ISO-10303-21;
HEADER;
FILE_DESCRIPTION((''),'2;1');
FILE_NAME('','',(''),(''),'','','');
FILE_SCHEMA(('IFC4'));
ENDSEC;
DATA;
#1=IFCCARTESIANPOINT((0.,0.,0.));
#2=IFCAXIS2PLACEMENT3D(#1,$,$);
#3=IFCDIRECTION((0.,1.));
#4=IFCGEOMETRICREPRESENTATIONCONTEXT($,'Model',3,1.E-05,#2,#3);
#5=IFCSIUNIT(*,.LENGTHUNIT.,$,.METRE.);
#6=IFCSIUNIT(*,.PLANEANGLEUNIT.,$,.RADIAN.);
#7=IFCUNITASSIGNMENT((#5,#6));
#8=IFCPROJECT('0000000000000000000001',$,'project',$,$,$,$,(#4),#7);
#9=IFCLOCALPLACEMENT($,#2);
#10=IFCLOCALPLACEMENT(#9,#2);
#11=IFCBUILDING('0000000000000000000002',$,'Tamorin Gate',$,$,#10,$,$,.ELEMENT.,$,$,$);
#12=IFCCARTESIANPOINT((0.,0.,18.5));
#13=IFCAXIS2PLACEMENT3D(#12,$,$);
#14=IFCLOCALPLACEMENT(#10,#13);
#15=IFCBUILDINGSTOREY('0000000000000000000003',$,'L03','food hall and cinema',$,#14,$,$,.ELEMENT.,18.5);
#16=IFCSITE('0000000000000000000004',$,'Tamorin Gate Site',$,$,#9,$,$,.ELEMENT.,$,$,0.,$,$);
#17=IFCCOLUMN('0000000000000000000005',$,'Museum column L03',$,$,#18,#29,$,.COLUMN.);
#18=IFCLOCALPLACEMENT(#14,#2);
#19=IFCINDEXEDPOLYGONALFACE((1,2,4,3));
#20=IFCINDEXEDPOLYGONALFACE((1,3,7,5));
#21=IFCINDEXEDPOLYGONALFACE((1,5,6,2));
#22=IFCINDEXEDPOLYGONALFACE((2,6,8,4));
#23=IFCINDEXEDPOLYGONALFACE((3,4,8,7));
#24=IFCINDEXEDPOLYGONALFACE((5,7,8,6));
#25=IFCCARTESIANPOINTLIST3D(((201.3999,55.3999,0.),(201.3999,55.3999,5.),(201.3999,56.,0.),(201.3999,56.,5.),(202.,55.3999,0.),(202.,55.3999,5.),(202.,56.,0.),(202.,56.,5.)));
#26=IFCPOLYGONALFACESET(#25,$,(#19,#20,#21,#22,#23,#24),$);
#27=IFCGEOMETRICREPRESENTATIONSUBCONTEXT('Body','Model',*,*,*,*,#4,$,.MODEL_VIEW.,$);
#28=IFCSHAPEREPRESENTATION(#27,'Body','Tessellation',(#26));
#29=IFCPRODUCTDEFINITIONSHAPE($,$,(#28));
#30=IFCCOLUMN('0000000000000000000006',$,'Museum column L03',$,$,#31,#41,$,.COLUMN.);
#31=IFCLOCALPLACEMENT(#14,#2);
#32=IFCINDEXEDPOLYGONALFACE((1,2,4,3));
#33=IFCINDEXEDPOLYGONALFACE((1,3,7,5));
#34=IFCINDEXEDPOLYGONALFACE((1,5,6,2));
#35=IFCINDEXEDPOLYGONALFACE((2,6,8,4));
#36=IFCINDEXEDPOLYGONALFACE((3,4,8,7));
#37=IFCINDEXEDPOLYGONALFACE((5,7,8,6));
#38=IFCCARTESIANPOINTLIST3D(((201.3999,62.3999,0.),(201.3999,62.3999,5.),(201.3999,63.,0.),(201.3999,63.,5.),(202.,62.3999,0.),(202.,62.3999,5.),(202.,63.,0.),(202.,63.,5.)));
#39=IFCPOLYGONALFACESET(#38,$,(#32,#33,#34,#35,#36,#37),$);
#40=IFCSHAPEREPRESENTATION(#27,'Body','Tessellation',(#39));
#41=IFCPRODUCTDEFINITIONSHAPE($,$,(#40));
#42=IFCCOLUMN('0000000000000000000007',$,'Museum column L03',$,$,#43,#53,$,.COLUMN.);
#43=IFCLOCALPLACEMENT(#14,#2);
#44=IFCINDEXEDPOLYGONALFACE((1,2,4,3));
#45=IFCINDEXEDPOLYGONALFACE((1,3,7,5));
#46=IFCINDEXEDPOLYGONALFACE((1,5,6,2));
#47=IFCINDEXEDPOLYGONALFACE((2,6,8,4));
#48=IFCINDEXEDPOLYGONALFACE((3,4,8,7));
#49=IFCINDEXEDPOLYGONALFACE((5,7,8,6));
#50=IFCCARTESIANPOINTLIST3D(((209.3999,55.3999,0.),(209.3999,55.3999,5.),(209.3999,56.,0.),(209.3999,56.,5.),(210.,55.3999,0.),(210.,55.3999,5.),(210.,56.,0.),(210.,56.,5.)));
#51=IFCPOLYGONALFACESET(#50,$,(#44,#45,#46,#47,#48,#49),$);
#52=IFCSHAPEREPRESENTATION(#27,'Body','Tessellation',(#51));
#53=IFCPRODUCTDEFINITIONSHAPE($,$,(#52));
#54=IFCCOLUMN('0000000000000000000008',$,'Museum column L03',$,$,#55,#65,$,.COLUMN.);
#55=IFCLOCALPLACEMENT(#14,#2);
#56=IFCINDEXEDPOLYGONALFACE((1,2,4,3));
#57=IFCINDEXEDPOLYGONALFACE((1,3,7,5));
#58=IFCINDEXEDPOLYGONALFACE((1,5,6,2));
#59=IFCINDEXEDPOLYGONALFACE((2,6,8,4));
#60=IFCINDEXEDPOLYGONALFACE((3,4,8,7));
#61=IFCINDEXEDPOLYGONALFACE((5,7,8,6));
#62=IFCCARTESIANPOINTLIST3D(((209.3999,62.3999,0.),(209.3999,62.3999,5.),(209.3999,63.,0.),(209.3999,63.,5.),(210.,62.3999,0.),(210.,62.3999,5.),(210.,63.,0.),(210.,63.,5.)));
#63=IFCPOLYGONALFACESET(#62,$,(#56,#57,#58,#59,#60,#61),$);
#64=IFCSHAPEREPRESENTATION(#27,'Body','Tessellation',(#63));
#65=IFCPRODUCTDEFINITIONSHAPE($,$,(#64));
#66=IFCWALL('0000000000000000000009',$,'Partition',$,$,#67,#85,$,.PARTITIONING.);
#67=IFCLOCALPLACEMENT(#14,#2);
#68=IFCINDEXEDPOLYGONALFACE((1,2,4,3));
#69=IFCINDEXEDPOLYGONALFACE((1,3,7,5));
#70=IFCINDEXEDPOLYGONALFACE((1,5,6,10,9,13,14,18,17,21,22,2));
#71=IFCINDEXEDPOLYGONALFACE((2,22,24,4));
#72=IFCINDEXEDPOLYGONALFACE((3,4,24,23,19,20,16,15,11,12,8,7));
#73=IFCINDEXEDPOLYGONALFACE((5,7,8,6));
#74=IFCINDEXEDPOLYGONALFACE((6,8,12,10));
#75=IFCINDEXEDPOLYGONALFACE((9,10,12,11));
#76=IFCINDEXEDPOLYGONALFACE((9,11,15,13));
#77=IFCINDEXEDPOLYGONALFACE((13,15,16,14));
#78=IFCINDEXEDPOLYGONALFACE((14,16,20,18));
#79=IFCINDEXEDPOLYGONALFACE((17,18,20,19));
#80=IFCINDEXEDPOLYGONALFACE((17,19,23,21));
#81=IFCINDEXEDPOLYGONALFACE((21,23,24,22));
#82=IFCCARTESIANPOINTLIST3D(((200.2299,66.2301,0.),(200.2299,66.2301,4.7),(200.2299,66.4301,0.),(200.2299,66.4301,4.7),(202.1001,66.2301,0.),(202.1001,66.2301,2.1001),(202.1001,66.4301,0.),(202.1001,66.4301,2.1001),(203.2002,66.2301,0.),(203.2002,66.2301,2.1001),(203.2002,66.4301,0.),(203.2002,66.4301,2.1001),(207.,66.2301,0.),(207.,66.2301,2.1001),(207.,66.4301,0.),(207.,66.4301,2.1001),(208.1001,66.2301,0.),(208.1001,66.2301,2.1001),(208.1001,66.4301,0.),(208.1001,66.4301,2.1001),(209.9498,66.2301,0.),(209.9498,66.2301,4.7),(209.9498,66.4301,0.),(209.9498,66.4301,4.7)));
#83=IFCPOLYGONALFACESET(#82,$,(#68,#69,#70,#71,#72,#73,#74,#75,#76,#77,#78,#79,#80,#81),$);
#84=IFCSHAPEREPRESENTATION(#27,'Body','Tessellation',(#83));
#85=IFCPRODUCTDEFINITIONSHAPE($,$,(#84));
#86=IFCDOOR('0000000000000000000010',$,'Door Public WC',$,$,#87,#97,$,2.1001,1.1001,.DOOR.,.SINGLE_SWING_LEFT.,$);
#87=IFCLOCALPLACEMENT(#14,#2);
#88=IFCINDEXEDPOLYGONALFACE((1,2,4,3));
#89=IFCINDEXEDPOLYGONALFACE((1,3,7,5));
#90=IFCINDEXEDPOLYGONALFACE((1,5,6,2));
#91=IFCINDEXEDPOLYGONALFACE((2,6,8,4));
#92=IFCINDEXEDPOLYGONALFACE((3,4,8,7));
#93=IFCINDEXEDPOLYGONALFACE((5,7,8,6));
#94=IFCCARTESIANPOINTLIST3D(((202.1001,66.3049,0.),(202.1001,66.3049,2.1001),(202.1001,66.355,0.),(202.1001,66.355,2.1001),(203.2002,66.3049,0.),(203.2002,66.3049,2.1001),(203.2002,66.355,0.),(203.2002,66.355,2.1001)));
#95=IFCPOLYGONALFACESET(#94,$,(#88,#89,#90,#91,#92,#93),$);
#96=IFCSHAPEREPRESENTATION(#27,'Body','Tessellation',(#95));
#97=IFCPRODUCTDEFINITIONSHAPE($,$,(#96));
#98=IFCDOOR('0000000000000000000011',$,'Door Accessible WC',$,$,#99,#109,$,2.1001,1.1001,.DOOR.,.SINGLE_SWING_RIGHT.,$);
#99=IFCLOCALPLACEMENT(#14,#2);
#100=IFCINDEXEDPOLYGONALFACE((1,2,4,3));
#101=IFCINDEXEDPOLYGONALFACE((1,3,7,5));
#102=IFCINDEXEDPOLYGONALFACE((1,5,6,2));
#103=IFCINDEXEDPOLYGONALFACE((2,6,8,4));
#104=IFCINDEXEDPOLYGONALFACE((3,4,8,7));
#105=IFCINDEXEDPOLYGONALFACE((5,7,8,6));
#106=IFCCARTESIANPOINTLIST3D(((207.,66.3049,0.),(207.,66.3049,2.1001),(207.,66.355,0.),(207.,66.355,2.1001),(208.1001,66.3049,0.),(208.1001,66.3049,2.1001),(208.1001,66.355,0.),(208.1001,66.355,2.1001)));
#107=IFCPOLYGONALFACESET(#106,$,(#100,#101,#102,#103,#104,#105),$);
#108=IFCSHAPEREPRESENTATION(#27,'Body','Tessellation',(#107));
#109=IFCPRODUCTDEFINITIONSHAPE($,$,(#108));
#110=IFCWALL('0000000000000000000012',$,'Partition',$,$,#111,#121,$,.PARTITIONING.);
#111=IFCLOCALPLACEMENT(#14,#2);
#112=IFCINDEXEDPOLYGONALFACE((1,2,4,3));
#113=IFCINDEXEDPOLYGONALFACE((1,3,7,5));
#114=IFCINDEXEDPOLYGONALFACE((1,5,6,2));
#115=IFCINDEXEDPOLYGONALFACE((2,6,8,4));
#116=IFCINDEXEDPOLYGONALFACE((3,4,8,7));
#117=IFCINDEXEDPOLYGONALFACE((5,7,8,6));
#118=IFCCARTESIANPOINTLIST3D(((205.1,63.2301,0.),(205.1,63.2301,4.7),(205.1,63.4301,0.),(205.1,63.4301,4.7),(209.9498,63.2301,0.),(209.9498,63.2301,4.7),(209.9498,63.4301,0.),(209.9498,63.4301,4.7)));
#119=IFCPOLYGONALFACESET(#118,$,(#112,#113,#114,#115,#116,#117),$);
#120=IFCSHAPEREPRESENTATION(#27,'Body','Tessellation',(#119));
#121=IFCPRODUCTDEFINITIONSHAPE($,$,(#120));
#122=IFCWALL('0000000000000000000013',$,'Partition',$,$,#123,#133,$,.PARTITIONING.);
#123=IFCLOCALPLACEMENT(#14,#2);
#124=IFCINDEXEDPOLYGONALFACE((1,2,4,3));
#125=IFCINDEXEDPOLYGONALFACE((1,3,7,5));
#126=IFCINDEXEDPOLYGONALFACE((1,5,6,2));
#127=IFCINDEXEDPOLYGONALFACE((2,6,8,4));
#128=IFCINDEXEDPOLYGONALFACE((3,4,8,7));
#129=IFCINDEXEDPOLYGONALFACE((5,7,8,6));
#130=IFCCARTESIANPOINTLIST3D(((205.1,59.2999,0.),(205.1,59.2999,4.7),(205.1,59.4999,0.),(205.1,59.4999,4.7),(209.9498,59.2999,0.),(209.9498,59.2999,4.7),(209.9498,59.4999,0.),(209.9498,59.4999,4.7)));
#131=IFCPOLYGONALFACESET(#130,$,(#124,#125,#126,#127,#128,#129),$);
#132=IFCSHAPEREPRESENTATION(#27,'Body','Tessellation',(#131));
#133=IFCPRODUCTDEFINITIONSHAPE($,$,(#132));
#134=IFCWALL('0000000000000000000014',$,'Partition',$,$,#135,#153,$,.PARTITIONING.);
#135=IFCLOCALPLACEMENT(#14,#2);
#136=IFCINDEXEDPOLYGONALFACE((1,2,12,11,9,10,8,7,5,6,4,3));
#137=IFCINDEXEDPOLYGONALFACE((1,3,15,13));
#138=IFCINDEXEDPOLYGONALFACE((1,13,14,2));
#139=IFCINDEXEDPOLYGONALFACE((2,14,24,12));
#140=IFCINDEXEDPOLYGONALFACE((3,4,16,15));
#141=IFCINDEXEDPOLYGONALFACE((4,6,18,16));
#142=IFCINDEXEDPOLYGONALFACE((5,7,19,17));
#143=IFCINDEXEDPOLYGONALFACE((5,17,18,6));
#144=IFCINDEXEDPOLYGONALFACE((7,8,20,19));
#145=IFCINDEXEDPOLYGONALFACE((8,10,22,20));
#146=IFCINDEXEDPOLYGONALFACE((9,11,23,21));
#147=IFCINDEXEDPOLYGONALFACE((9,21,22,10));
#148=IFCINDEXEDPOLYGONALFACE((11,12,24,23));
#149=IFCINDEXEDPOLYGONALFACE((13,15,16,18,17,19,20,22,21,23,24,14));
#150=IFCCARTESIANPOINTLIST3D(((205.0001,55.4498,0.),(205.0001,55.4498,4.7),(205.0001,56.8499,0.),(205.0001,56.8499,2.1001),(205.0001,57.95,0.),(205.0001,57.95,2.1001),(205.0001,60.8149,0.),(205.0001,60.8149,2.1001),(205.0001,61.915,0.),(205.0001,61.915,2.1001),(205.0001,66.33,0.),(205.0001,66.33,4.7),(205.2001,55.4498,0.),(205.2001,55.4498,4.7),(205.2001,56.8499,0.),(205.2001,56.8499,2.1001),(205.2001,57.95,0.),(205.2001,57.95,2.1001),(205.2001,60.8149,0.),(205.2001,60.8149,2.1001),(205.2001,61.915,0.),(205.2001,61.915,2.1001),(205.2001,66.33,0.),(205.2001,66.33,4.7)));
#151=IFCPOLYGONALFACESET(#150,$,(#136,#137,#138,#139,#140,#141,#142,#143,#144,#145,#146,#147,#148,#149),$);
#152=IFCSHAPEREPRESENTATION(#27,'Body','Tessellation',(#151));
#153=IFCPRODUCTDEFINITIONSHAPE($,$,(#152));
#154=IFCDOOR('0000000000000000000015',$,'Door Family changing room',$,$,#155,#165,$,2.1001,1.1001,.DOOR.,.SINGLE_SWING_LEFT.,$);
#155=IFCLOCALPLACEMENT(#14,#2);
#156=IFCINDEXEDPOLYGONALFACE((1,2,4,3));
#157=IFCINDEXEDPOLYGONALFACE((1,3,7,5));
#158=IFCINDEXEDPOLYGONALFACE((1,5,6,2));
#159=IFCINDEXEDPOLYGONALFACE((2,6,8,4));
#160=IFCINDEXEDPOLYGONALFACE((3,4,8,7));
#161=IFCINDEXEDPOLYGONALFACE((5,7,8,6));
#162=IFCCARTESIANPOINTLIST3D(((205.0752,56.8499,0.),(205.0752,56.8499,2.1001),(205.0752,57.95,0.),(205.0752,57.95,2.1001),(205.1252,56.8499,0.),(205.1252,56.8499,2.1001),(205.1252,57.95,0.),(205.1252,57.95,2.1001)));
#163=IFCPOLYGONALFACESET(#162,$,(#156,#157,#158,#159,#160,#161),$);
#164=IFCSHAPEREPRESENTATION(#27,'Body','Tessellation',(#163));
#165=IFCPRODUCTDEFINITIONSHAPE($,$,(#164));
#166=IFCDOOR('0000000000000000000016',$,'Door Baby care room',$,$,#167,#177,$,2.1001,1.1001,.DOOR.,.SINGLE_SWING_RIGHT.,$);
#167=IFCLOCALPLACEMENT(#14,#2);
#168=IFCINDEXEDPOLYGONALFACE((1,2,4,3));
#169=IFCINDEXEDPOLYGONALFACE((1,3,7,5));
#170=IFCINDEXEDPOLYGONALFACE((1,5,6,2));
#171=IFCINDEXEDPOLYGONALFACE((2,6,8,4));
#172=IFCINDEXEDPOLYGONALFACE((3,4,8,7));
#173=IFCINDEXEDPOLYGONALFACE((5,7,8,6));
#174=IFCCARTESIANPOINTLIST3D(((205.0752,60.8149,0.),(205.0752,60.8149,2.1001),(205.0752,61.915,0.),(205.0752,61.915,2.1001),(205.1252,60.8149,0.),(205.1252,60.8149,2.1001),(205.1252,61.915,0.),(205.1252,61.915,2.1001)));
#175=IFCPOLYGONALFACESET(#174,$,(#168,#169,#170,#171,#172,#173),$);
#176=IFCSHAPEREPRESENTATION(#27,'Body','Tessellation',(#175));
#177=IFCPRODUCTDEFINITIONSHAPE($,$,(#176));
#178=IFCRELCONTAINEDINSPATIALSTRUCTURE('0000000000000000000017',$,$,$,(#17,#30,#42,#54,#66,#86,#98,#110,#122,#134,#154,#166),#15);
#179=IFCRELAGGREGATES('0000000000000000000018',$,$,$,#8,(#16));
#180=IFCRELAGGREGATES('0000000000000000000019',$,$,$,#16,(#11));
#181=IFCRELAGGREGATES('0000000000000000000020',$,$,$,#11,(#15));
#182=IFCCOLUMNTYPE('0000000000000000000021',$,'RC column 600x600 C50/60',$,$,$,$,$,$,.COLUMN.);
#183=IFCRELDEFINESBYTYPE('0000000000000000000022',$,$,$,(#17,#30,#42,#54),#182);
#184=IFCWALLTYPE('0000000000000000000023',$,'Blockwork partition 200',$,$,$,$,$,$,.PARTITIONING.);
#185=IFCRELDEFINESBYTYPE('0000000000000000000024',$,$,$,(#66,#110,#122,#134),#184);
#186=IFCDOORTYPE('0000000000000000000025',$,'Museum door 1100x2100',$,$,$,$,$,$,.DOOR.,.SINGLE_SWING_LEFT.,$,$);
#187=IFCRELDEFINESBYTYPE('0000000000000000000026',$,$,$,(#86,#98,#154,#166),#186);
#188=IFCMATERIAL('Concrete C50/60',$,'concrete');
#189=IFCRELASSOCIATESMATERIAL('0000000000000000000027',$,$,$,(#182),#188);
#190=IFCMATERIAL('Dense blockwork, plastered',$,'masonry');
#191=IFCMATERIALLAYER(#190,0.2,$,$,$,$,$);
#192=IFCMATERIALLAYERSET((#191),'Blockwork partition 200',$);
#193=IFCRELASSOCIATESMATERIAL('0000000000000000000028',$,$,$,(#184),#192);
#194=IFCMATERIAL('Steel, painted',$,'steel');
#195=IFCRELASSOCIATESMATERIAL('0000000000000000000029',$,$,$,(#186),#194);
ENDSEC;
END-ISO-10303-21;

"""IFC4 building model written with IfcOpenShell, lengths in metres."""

from ifc_helpers import new_model, si_unit, direction, frame, frame_2d, origin, origin_2d, place, context, subcontext, project, spatial, rectangle, extrude, material, layer, layer_set, material_profile, profile_set, type_object, element, fill, save


model = new_model("IFC4")

# Units and contexts
model_context = context("Model", 3, precision=1e-05, world=origin(), true_north=direction((0.0, 1.0)))
body_context = subcontext(model_context, "Body", "Model", "MODEL_VIEW")
ifc_project = project(units=[si_unit("LENGTHUNIT", "METRE"), si_unit("PLANEANGLEUNIT", "RADIAN")], contexts=[model_context])

# Site, building, storey
site_placement = place(None, origin())
site = spatial("IfcSite", under=ifc_project, at=site_placement, Name="Tamorin Gate Site", CompositionType="ELEMENT", RefElevation=0.0)
building_placement = place(site_placement, origin())
building = spatial("IfcBuilding", under=site, at=building_placement, Name="Tamorin Gate", CompositionType="ELEMENT")
storey_placement = place(building_placement, frame((0.0, 0.0, 18.5)))
storey = spatial("IfcBuildingStorey", under=building, at=storey_placement, Name="L03", Description="food hall and cinema", CompositionType="ELEMENT", Elevation=18.5)

# Columns
ifc_material_1 = material(Name="Concrete C50/60", Category="concrete")
ifc_material_profile = material_profile(ifc_material_1, rectangle(XDim=0.6001, YDim=0.6001, at=origin_2d()))
ifc_profile_set = profile_set([ifc_material_profile], Name="Concrete C50/60")
column_type = type_object("IfcColumnType", Name="RC column 600x600 C50/60", PredefinedType="COLUMN", material=ifc_profile_set)
for number, where, z_axis, x_axis, name in (
    (1, (201.7, 55.7, 0.0), (0.0, 0.0, 1.0), (1.0, 0.0, 0.0), "Museum column L03"),
    (2, (201.7, 62.7, 0.0), (0.0, 0.0, 1.0), (1.0, 0.0, 0.0), "Museum column L03"),
    (3, (209.7, 55.7, 0.0), (0.0, 0.0, 1.0), (1.0, 0.0, 0.0), "Museum column L03"),
    (4, (209.7, 62.7, 0.0), (0.0, 0.0, 1.0), (1.0, 0.0, 0.0), "Museum column L03"),
):
    element("IfcColumn", number, at=place(storey_placement, frame(where, z_axis=z_axis, x_axis=x_axis)), inside=storey, type_object=column_type, Name=name, PredefinedType="COLUMN", context=body_context, shape_type="SweptSolid", body=[
        extrude(rectangle(XDim=0.6001, YDim=0.6001, at=origin_2d()), origin(), (0.0, 0.0, 1.0), 5.0),
    ])

# Wall, openings, doors
ifc_material_2 = material(Name="Dense blockwork, plastered", Category="masonry")
ifc_layer_1 = layer(ifc_material_2, 0.2)
ifc_layer_set_1 = layer_set([ifc_layer_1], Name="Blockwork partition 200")
wall_type_1 = type_object("IfcWallType", Name="Blockwork partition 200", PredefinedType="PARTITIONING", material=ifc_layer_set_1)
wall_1_placement = place(storey_placement, frame((200.23, 66.3301, 0.0), z_axis=(0.0, 0.0, 1.0), x_axis=(1.0, 0.0, 0.0)))
wall_1 = element("IfcWall", 5, at=wall_1_placement, inside=storey, type_object=wall_type_1, Name="Partition", PredefinedType="PARTITIONING", context=body_context, shape_type="SweptSolid", body=[
    extrude(rectangle(XDim=9.72, YDim=0.2, at=frame_2d((4.8599, 0.0))), origin(), (0.0, 0.0, 1.0), 4.7),
])
opening_1_placement = place(wall_1_placement, frame((1.8701, 0.0, 0.0)))
opening_1 = element("IfcOpeningElement", 6, at=opening_1_placement, cuts=wall_1, PredefinedType="OPENING", context=body_context, shape_type="SweptSolid", body=[
    extrude(rectangle(XDim=1.1001, YDim=2.1001, at=frame_2d((0.55, 1.05))), frame((0.0, 0.1099, 0.0), z_axis=(0.0, -1.0, 0.0), x_axis=(1.0, 0.0, 0.0)), (0.0, 0.0, 1.0), 0.22),
])
opening_2_placement = place(wall_1_placement, frame((6.77, 0.0, 0.0)))
opening_2 = element("IfcOpeningElement", 7, at=opening_2_placement, cuts=wall_1, PredefinedType="OPENING", context=body_context, shape_type="SweptSolid", body=[
    extrude(rectangle(XDim=1.1001, YDim=2.1001, at=frame_2d((0.55, 1.05))), frame((0.0, 0.1099, 0.0), z_axis=(0.0, -1.0, 0.0), x_axis=(1.0, 0.0, 0.0)), (0.0, 0.0, 1.0), 0.22),
])
ifc_material_3 = material(Name="Steel, painted", Category="steel")
door_type = type_object("IfcDoorType", Name="Museum door 1100x2100", OperationType="SINGLE_SWING_LEFT", PredefinedType="DOOR", material=ifc_material_3)
door_1_placement = place(opening_1_placement, origin())
door_1 = element("IfcDoor", 8, at=door_1_placement, inside=storey, type_object=door_type, Name="Door Public WC", OperationType="SINGLE_SWING_LEFT", OverallHeight=2.1001, OverallWidth=1.1001, PredefinedType="DOOR", context=body_context, shape_type="SweptSolid", body=[
    extrude(rectangle(XDim=1.1001, YDim=2.1001, at=frame_2d((0.55, 1.05))), frame((0.0, 0.0249, 0.0), z_axis=(0.0, -1.0, 0.0), x_axis=(1.0, 0.0, 0.0)), (0.0, 0.0, 1.0), 0.05),
])
fill(opening_1, door_1)
door_2_placement = place(opening_2_placement, origin())
door_2 = element("IfcDoor", 9, at=door_2_placement, inside=storey, type_object=door_type, Name="Door Accessible WC", OperationType="SINGLE_SWING_RIGHT", OverallHeight=2.1001, OverallWidth=1.1001, PredefinedType="DOOR", context=body_context, shape_type="SweptSolid", body=[
    extrude(rectangle(XDim=1.1001, YDim=2.1001, at=frame_2d((0.55, 1.05))), frame((0.0, 0.0249, 0.0), z_axis=(0.0, -1.0, 0.0), x_axis=(1.0, 0.0, 0.0)), (0.0, 0.0, 1.0), 0.05),
])
fill(opening_2, door_2)

# Walls
for number, where, z_axis, x_axis, name in (
    (10, (205.1001, 63.3301, 0.0), (0.0, 0.0, 1.0), (1.0, 0.0, 0.0), "Partition"),
    (11, (205.1001, 59.3999, 0.0), (0.0, 0.0, 1.0), (1.0, 0.0, 0.0), "Partition"),
):
    element("IfcWall", number, at=place(storey_placement, frame(where, z_axis=z_axis, x_axis=x_axis)), inside=storey, type_object=wall_type_1, Name=name, PredefinedType="PARTITIONING", context=body_context, shape_type="SweptSolid", body=[
        extrude(rectangle(XDim=4.8499, YDim=0.2, at=frame_2d((2.4248, 0.0))), origin(), (0.0, 0.0, 1.0), 4.7),
    ])

# Wall, openings, doors
wall_2_placement = place(storey_placement, frame((205.1001, 55.45, 0.0), z_axis=(0.0, 0.0, 1.0), x_axis=(0.0, 1.0, 0.0)))
wall_2 = element("IfcWall", 12, at=wall_2_placement, inside=storey, type_object=wall_type_1, Name="Partition", PredefinedType="PARTITIONING", context=body_context, shape_type="SweptSolid", body=[
    extrude(rectangle(XDim=10.8801, YDim=0.2, at=frame_2d((5.4399, 0.0))), origin(), (0.0, 0.0, 1.0), 4.7),
])
opening_3_placement = place(wall_2_placement, frame((1.3999, 0.0, 0.0)))
opening_3 = element("IfcOpeningElement", 13, at=opening_3_placement, cuts=wall_2, PredefinedType="OPENING", context=body_context, shape_type="SweptSolid", body=[
    extrude(rectangle(XDim=1.1001, YDim=2.1001, at=frame_2d((0.55, 1.05))), frame((0.0, 0.1099, 0.0), z_axis=(0.0, -1.0, 0.0), x_axis=(1.0, 0.0, 0.0)), (0.0, 0.0, 1.0), 0.22),
])
opening_4_placement = place(wall_2_placement, frame((5.365, 0.0, 0.0)))
opening_4 = element("IfcOpeningElement", 14, at=opening_4_placement, cuts=wall_2, PredefinedType="OPENING", context=body_context, shape_type="SweptSolid", body=[
    extrude(rectangle(XDim=1.1001, YDim=2.1001, at=frame_2d((0.55, 1.05))), frame((0.0, 0.1099, 0.0), z_axis=(0.0, -1.0, 0.0), x_axis=(1.0, 0.0, 0.0)), (0.0, 0.0, 1.0), 0.22),
])
door_3_placement = place(opening_3_placement, origin())
door_3 = element("IfcDoor", 15, at=door_3_placement, inside=storey, type_object=door_type, Name="Door Family changing room", OperationType="SINGLE_SWING_LEFT", OverallHeight=2.1001, OverallWidth=1.1001, PredefinedType="DOOR", context=body_context, shape_type="SweptSolid", body=[
    extrude(rectangle(XDim=1.1001, YDim=2.1001, at=frame_2d((0.55, 1.05))), frame((0.0, 0.0249, 0.0), z_axis=(0.0, -1.0, 0.0), x_axis=(1.0, 0.0, 0.0)), (0.0, 0.0, 1.0), 0.05),
])
fill(opening_3, door_3)
door_4_placement = place(opening_4_placement, origin())
door_4 = element("IfcDoor", 16, at=door_4_placement, inside=storey, type_object=door_type, Name="Door Baby care room", OperationType="SINGLE_SWING_RIGHT", OverallHeight=2.1001, OverallWidth=1.1001, PredefinedType="DOOR", context=body_context, shape_type="SweptSolid", body=[
    extrude(rectangle(XDim=1.1001, YDim=2.1001, at=frame_2d((0.55, 1.05))), frame((0.0, 0.0249, 0.0), z_axis=(0.0, -1.0, 0.0), x_axis=(1.0, 0.0, 0.0)), (0.0, 0.0, 1.0), 0.05),
])
fill(opening_4, door_4)

save(model, "model.ifc")
